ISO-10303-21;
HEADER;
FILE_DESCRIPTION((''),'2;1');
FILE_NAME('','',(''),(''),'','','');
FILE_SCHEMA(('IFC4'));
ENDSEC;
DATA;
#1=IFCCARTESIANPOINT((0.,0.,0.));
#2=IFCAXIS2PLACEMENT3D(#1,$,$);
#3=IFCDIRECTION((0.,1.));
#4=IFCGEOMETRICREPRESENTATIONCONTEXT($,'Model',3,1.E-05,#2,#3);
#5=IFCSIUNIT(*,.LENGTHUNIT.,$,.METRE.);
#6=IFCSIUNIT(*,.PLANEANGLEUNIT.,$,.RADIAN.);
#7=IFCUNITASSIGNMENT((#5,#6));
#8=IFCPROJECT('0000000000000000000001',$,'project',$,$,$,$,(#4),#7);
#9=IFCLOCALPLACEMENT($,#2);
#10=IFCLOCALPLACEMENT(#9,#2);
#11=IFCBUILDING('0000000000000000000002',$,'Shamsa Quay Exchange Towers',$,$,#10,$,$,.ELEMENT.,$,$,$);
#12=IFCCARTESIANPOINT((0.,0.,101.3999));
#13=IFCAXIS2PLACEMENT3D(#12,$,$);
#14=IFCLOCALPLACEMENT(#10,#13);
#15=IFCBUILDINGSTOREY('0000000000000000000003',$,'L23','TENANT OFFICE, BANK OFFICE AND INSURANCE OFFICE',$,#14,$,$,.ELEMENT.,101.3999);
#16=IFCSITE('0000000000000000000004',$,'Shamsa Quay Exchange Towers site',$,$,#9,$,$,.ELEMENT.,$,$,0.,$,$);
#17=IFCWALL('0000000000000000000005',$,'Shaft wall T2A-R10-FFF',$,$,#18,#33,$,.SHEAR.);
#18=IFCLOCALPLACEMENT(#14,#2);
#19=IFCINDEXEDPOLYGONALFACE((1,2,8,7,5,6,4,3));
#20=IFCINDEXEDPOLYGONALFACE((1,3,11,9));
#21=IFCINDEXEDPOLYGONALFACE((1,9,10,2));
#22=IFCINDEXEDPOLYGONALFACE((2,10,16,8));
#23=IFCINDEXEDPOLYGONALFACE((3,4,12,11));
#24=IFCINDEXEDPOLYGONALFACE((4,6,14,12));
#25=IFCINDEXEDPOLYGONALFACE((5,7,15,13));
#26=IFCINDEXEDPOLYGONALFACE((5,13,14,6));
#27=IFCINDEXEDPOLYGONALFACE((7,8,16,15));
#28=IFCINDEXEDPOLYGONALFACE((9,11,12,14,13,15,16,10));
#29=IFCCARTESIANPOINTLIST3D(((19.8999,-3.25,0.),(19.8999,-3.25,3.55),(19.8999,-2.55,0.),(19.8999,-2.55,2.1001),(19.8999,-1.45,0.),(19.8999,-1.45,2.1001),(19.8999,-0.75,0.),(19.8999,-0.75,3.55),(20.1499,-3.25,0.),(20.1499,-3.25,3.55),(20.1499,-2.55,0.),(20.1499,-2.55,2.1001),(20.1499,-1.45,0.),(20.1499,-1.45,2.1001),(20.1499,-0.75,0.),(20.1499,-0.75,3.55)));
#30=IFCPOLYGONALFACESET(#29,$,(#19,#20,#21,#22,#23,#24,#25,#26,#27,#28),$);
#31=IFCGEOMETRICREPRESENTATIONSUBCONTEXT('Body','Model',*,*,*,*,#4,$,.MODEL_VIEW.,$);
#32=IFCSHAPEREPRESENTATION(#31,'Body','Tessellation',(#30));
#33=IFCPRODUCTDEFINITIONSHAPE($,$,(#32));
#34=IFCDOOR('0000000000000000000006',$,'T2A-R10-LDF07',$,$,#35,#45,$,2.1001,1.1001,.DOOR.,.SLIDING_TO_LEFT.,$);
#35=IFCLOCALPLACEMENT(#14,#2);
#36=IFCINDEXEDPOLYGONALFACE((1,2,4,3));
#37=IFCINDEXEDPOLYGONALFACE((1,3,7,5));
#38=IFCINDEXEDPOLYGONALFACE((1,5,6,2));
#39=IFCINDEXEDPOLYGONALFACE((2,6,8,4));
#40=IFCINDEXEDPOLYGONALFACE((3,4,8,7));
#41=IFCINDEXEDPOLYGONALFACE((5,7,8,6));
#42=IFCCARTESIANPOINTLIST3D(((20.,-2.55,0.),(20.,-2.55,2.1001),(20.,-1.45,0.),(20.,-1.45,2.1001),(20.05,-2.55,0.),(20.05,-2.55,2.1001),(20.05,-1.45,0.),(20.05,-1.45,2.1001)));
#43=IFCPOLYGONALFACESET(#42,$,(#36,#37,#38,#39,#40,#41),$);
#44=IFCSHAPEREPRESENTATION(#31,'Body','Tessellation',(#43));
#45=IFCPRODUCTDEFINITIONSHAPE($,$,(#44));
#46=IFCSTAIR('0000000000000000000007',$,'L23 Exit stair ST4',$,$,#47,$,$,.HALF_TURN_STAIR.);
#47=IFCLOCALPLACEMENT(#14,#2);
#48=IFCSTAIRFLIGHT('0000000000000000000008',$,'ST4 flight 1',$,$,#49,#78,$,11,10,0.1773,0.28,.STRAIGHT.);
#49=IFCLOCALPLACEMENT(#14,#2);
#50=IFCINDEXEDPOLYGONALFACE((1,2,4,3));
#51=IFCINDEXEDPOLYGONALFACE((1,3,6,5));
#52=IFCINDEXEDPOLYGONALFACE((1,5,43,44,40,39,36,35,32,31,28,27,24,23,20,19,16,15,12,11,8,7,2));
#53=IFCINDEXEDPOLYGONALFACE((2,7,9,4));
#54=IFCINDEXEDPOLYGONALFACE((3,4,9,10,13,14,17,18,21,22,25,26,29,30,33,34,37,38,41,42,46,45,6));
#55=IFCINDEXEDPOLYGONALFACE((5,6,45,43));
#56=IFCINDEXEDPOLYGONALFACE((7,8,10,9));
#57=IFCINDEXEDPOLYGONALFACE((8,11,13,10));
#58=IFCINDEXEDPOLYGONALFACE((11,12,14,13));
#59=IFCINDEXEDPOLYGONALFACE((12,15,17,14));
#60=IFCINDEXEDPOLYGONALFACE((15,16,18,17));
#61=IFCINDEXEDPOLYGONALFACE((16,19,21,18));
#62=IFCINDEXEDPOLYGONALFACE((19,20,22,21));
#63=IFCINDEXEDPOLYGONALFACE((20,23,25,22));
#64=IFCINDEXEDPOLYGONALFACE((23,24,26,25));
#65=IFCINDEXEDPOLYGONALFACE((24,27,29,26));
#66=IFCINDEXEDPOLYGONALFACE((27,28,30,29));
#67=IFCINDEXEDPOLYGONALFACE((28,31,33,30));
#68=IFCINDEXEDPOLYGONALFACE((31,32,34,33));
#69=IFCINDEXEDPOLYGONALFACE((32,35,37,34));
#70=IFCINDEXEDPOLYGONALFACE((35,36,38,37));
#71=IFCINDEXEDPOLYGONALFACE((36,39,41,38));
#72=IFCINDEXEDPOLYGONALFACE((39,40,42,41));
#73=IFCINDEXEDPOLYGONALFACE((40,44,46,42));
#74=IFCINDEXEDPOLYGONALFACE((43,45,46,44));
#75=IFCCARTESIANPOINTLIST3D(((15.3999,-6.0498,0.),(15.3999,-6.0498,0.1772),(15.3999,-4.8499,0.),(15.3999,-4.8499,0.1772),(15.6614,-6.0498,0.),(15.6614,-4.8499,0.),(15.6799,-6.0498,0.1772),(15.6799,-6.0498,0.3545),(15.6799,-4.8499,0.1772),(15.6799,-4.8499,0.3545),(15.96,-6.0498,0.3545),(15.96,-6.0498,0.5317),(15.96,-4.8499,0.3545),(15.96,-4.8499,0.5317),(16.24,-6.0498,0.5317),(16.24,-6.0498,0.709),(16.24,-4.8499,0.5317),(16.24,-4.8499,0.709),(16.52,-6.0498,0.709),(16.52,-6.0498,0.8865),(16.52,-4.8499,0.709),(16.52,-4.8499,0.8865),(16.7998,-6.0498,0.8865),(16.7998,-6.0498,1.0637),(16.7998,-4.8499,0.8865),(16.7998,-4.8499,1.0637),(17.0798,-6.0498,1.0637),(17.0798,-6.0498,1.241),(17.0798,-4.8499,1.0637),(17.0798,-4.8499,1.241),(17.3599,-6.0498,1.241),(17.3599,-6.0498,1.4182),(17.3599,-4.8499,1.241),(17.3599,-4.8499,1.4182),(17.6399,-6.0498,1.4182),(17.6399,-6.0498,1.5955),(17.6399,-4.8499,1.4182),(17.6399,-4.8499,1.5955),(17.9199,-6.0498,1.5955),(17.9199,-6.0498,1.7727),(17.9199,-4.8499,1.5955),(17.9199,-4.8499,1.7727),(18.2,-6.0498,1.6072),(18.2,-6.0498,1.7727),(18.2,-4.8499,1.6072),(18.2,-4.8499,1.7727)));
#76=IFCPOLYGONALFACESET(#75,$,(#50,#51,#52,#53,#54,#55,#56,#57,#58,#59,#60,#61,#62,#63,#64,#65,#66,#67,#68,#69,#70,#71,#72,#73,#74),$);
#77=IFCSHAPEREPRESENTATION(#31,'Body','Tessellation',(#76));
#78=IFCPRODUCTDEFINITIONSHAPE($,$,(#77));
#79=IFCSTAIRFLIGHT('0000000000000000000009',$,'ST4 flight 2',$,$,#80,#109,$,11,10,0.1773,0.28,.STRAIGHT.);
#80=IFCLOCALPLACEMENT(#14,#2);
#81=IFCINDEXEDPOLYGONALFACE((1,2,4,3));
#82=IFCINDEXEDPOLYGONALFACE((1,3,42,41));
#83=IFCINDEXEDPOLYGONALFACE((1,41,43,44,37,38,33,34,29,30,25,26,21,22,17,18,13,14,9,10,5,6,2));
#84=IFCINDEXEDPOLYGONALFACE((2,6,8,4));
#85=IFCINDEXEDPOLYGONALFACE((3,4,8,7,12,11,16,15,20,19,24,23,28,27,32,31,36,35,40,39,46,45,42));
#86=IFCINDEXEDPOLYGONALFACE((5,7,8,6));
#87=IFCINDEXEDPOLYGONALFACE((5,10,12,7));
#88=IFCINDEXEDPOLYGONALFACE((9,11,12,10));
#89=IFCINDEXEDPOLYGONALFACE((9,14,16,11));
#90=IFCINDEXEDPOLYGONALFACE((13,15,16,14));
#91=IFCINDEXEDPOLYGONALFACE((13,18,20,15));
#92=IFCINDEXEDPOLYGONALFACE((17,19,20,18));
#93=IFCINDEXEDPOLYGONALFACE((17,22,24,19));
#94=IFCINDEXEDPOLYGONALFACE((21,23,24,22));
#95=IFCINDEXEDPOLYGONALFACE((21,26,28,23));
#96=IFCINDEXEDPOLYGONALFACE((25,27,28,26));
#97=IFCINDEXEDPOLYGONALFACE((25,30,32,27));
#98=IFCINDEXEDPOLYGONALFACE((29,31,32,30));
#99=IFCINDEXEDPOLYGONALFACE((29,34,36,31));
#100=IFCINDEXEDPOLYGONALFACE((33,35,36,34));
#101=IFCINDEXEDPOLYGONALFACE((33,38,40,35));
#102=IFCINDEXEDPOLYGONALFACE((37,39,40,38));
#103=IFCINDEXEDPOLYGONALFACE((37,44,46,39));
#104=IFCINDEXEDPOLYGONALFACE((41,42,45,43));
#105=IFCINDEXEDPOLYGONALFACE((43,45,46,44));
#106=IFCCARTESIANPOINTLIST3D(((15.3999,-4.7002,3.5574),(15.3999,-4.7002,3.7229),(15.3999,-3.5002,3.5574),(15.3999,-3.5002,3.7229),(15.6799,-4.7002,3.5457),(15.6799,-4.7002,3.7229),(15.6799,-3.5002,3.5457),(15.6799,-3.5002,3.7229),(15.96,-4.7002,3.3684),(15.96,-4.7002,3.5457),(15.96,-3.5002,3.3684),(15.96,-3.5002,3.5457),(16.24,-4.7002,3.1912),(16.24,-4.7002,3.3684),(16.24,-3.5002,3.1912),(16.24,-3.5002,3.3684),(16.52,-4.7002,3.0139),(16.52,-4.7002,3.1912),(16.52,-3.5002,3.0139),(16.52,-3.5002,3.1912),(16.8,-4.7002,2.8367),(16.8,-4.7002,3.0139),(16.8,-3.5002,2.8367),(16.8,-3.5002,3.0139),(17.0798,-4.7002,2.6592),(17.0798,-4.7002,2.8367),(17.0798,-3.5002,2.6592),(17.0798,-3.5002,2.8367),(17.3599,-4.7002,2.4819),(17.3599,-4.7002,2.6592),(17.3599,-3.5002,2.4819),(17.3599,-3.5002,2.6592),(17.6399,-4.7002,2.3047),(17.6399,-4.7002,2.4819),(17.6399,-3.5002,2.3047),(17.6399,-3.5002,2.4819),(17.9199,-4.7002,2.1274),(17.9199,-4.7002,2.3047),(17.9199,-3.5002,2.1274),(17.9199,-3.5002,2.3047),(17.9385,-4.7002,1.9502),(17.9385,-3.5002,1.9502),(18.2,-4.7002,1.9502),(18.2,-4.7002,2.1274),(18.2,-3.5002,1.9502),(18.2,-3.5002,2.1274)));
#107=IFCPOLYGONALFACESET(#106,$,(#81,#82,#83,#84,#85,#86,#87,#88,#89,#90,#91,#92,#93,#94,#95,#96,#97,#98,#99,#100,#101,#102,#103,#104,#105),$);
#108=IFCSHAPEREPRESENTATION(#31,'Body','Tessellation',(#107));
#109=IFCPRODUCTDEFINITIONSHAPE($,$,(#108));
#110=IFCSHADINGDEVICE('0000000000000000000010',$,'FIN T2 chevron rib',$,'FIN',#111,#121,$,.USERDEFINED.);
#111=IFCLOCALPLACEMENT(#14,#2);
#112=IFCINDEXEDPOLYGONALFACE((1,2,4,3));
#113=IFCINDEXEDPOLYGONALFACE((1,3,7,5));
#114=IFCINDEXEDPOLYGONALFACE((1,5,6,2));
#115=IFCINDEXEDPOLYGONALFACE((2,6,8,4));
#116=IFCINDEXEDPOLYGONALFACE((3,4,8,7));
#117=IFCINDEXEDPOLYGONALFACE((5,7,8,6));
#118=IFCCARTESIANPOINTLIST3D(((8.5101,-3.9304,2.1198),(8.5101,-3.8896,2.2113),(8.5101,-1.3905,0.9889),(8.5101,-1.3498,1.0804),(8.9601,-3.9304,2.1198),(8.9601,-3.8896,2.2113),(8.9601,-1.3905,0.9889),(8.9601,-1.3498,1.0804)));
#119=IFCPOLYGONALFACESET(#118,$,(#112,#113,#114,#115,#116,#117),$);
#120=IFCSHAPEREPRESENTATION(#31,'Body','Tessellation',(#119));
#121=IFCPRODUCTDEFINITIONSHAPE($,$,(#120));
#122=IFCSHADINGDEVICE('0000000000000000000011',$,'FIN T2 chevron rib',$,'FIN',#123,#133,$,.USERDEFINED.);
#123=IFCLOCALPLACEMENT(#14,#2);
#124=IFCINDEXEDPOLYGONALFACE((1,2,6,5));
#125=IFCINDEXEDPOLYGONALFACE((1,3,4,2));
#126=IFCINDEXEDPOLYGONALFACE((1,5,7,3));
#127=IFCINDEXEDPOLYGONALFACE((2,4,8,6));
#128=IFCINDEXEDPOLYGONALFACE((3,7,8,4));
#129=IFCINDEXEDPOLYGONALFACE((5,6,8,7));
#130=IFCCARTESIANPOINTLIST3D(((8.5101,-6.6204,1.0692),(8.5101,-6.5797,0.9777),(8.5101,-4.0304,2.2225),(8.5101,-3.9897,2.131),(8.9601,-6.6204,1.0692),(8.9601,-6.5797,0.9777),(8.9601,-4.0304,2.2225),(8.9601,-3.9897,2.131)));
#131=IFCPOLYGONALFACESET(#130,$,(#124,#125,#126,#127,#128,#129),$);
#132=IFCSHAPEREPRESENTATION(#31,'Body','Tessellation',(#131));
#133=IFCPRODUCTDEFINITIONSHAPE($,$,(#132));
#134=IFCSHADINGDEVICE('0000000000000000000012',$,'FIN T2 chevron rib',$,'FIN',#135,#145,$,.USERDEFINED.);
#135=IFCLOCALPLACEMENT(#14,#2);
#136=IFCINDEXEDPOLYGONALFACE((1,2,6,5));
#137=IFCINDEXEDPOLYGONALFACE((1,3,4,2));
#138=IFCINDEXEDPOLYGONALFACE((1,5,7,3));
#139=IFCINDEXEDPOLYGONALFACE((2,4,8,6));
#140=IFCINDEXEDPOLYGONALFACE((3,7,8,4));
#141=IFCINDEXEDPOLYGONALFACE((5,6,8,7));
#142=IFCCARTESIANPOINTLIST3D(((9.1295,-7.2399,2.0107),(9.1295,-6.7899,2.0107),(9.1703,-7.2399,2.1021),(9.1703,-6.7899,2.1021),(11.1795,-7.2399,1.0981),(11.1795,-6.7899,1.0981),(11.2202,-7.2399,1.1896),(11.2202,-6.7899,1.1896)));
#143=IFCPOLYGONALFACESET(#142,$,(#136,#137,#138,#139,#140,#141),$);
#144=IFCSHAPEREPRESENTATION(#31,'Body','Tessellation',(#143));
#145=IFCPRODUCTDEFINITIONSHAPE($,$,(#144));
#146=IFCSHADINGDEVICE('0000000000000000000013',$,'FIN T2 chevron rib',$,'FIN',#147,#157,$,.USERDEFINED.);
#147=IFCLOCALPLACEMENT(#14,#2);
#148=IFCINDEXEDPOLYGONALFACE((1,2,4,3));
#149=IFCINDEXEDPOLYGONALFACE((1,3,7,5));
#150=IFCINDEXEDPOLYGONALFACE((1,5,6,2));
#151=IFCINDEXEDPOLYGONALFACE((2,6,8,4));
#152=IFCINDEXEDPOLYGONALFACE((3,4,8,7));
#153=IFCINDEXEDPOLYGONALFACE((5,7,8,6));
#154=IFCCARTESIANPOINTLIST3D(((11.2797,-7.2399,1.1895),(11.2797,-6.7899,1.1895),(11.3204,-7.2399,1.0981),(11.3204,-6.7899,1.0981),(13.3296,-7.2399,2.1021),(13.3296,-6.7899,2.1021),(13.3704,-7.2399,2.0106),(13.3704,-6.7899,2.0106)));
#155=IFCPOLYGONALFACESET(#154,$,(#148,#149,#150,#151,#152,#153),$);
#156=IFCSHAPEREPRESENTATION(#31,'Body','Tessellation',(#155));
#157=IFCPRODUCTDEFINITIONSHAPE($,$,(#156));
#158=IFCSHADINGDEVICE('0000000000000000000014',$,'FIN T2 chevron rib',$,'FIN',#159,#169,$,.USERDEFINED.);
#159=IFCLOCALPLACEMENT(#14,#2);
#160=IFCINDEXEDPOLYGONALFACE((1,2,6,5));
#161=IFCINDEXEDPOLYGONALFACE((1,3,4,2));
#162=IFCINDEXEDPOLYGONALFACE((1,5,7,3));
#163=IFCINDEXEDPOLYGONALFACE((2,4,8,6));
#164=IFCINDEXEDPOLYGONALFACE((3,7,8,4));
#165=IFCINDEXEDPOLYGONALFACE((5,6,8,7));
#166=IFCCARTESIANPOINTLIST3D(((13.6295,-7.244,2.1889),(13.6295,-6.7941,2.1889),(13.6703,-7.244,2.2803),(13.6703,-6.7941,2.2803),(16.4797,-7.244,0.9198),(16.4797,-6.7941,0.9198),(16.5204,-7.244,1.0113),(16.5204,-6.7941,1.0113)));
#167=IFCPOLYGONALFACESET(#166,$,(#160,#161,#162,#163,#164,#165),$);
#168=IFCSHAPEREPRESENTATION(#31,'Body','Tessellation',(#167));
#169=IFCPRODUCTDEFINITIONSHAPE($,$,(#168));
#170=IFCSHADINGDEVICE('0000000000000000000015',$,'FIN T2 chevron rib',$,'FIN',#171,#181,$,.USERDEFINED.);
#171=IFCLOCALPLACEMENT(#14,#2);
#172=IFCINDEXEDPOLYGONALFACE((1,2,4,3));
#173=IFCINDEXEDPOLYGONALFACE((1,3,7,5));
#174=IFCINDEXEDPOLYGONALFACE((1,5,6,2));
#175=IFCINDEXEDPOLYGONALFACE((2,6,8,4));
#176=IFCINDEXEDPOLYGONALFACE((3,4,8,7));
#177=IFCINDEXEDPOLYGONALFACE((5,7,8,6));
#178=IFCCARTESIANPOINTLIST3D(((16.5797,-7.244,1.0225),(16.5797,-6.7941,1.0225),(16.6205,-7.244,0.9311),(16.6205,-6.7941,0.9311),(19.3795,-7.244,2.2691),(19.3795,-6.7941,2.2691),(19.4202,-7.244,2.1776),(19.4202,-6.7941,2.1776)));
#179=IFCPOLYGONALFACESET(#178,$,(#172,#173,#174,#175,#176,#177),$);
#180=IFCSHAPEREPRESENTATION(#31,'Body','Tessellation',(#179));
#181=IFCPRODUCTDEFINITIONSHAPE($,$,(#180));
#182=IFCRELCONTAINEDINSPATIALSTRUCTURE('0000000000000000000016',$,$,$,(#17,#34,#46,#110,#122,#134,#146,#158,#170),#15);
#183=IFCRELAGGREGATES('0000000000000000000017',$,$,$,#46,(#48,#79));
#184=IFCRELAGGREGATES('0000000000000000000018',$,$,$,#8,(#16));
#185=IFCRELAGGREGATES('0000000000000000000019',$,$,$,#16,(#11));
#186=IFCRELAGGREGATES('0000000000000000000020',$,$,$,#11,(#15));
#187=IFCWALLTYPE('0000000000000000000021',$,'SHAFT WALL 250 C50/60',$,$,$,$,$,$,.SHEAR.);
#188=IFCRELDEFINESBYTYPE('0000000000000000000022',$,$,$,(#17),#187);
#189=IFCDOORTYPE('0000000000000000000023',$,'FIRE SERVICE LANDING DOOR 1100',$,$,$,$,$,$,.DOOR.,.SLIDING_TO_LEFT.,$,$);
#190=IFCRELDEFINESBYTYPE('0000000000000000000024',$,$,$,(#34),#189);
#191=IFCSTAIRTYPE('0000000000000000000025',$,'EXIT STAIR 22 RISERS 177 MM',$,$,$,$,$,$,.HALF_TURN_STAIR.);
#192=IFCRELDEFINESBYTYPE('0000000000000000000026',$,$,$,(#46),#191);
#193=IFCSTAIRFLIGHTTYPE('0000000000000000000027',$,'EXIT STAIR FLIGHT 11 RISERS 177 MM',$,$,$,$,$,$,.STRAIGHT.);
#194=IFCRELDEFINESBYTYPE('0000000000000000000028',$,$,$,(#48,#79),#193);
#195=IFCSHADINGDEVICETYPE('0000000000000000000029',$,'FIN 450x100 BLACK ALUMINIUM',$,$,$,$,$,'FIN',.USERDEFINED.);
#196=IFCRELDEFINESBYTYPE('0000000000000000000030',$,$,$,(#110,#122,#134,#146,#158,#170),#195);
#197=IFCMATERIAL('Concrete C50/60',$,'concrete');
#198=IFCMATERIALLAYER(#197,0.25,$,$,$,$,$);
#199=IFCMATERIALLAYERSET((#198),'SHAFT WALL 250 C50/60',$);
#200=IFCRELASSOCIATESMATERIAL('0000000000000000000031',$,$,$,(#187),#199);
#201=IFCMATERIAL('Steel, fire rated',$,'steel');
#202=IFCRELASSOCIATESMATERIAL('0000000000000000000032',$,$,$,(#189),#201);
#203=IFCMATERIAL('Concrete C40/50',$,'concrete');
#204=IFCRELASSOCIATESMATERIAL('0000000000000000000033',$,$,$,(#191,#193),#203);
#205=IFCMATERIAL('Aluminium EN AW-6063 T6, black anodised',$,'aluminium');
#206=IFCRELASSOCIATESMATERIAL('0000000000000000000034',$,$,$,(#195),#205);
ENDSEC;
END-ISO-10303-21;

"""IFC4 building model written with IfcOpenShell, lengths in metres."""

from ifc_helpers import new_model, si_unit, direction, frame, frame_2d, origin, origin_2d, place, context, subcontext, project, spatial, polyline, rectangle, outline, extrude, material, layer, layer_set, material_profile, profile_set, type_object, element, fill, aggregate, save


model = new_model("IFC4")

# Units and contexts
model_context = context("Model", 3, precision=1e-05, world=origin(), true_north=direction((0.0, 1.0)))
body_context = subcontext(model_context, "Body", "Model", "MODEL_VIEW")
ifc_project = project(units=[si_unit("LENGTHUNIT", "METRE"), si_unit("PLANEANGLEUNIT", "RADIAN")], contexts=[model_context])

# Site, building, storey
site_placement = place(None, origin())
site = spatial("IfcSite", under=ifc_project, at=site_placement, Name="Shamsa Quay Exchange Towers site", CompositionType="ELEMENT", RefElevation=0.0)
building_placement = place(site_placement, origin())
building = spatial("IfcBuilding", under=site, at=building_placement, Name="Shamsa Quay Exchange Towers", CompositionType="ELEMENT")
storey_placement = place(building_placement, frame((0.0, 0.0, 101.3999)))
storey = spatial("IfcBuildingStorey", under=building, at=storey_placement, Name="L23", Description="TENANT OFFICE, BANK OFFICE AND INSURANCE OFFICE", CompositionType="ELEMENT", Elevation=101.3999)

# Shared definitions
ifc_material_1 = material(Name="Aluminium EN AW-6063 T6, black anodised", Category="aluminium")

# Wall, opening, door
ifc_material_2 = material(Name="Concrete C50/60", Category="concrete")
ifc_layer_1 = layer(ifc_material_2, 0.25)
ifc_layer_set_1 = layer_set([ifc_layer_1], Name="SHAFT WALL 250 C50/60")
wall_type_1 = type_object("IfcWallType", Name="SHAFT WALL 250 C50/60", PredefinedType="SHEAR", material=ifc_layer_set_1)
wall_1_placement = place(storey_placement, frame((20.0249, -3.25, 0.0), z_axis=(0.0, 0.0, 1.0), x_axis=(0.0, 1.0, 0.0)))
wall_1 = element("IfcWall", 1, at=wall_1_placement, inside=storey, type_object=wall_type_1, Name="Shaft wall T2A-R10-FFF", PredefinedType="SHEAR", context=body_context, shape_type="SweptSolid", body=[
    extrude(rectangle(XDim=2.5, YDim=0.25, at=frame_2d((1.25, 0.0))), origin(), (0.0, 0.0, 1.0), 3.55),
])
opening_placement = place(wall_1_placement, frame((0.7, 0.0, 0.0)))
opening = element("IfcOpeningElement", 2, at=opening_placement, cuts=wall_1, PredefinedType="OPENING", context=body_context, shape_type="SweptSolid", body=[
    extrude(rectangle(XDim=1.1001, YDim=2.1001, at=frame_2d((0.55, 1.05))), frame((0.0, 0.135, 0.0), z_axis=(0.0, -1.0, 0.0), x_axis=(1.0, 0.0, 0.0)), (0.0, 0.0, 1.0), 0.27),
])
ifc_material_3 = material(Name="Steel, fire rated", Category="steel")
door_type = type_object("IfcDoorType", Name="FIRE SERVICE LANDING DOOR 1100", OperationType="SLIDING_TO_LEFT", PredefinedType="DOOR", material=ifc_material_3)
door_placement = place(opening_placement, origin())
door = element("IfcDoor", 3, at=door_placement, inside=storey, type_object=door_type, Name="T2A-R10-LDF07", OperationType="SLIDING_TO_LEFT", OverallHeight=2.1001, OverallWidth=1.1001, PredefinedType="DOOR", context=body_context, shape_type="SweptSolid", body=[
    extrude(rectangle(XDim=1.1001, YDim=2.1001, at=frame_2d((0.55, 1.05))), frame((0.0, 0.0249, 0.0), z_axis=(0.0, -1.0, 0.0), x_axis=(1.0, 0.0, 0.0)), (0.0, 0.0, 1.0), 0.05),
])
fill(opening, door)

# Stair, stair flights
ifc_material_4 = material(Name="Concrete C40/50", Category="concrete")
stair_type = type_object("IfcStairType", Name="EXIT STAIR 22 RISERS 177 MM", PredefinedType="HALF_TURN_STAIR", material=ifc_material_4)
stair_placement = place(storey_placement, origin())
stair = element("IfcStair", 4, at=stair_placement, inside=storey, type_object=stair_type, Name="L23 Exit stair ST4", PredefinedType="HALF_TURN_STAIR")
stair_flight_type = type_object("IfcStairFlightType", Name="EXIT STAIR FLIGHT 11 RISERS 177 MM", PredefinedType="STRAIGHT", material=ifc_material_4)
stair_flight_1_placement = place(storey_placement, frame((15.3999, -5.45, 0.0)))
stair_flight_1 = element("IfcStairFlight", 5, at=stair_flight_1_placement, type_object=stair_flight_type, Name="ST4 flight 1", NumberOfRisers=11, NumberOfTreads=10, PredefinedType="STRAIGHT", RiserHeight=0.1773, TreadLength=0.28, context=body_context, shape_type="SweptSolid", body=[
    extrude(outline(polyline([(0.0, 0.0), (0.0, 0.1772), (0.28, 0.1772), (0.28, 0.3545), (0.5601, 0.3545), (0.5601, 0.5317), (0.8401, 0.5317), (0.8401, 0.709), (1.1201, 0.709), (1.1201, 0.8865), (1.3999, 0.8865), (1.3999, 1.0637), (1.6799, 1.0637), (1.6799, 1.241), (1.96, 1.241), (1.96, 1.4182), (2.24, 1.4182), (2.24, 1.5955), (2.52, 1.5955), (2.52, 1.7727), (2.8, 1.7727), (2.8, 1.95), (2.8, 1.6072), (0.2615, 0.0), (0.0, 0.0)])), frame((0.0, 0.6001, 0.0), z_axis=(0.0, -1.0, 0.0), x_axis=(1.0, 0.0, 0.0)), (0.0, 0.0, 1.0), 1.2),
])
stair_flight_2_placement = place(storey_placement, frame((18.2, -4.1001, 1.9502), z_axis=(0.0, 0.0, 1.0), x_axis=(-1.0, 0.0, 0.0)))
stair_flight_2 = element("IfcStairFlight", 6, at=stair_flight_2_placement, type_object=stair_flight_type, Name="ST4 flight 2", NumberOfRisers=11, NumberOfTreads=10, PredefinedType="STRAIGHT", RiserHeight=0.1773, TreadLength=0.28, context=body_context, shape_type="SweptSolid", body=[
    extrude(outline(polyline([(0.0, 0.0), (0.0, 0.1772), (0.28, 0.1772), (0.28, 0.3545), (0.5601, 0.3545), (0.5601, 0.5317), (0.8401, 0.5317), (0.8401, 0.709), (1.1201, 0.709), (1.1201, 0.8865), (1.3999, 0.8865), (1.3999, 1.0637), (1.6799, 1.0637), (1.6799, 1.241), (1.96, 1.241), (1.96, 1.4182), (2.24, 1.4182), (2.24, 1.5955), (2.52, 1.5955), (2.52, 1.7727), (2.8, 1.7727), (2.8, 1.95), (2.8, 1.6072), (0.2615, 0.0), (0.0, 0.0)])), frame((0.0, 0.6001, 0.0), z_axis=(0.0, -1.0, 0.0), x_axis=(1.0, 0.0, 0.0)), (0.0, 0.0, 1.0), 1.2),
])
aggregate(stair, [stair_flight_1, stair_flight_2])

# Shading devices
ifc_material_profile_1 = material_profile(ifc_material_1, rectangle(XDim=0.45, YDim=0.1001, at=origin_2d()), Name="FIN450x100")
ifc_profile_set_1 = profile_set([ifc_material_profile_1], Name="Aluminium EN AW-6063 T6, black anodised")
shading_device_type = type_object("IfcShadingDeviceType", Name="FIN 450x100 BLACK ALUMINIUM", ElementType="FIN", PredefinedType="USERDEFINED", material=ifc_profile_set_1)
shading_device_1_placement = place(storey_placement, frame((8.7351, -1.3701, 1.0347), z_axis=(0.0, -0.913536, 0.406758), x_axis=(1.0, 0.0, 0.0)))
element("IfcShadingDevice", 7, at=shading_device_1_placement, inside=storey, type_object=shading_device_type, Name="FIN T2 chevron rib", ObjectType="FIN", PredefinedType="USERDEFINED", context=body_context, shape_type="SweptSolid", body=[
    extrude(rectangle(XDim=0.45, YDim=0.1001, at=origin_2d()), origin(), (0.0, 0.0, 1.0), 2.7803),
])
shading_device_2_placement = place(storey_placement, frame((8.7351, -4.01, 2.1768), z_axis=(0.0, -0.913527, -0.406778), x_axis=(1.0, 0.0, 0.0)))
element("IfcShadingDevice", 8, at=shading_device_2_placement, inside=storey, type_object=shading_device_type, Name="FIN T2 chevron rib", ObjectType="FIN", PredefinedType="USERDEFINED", context=body_context, shape_type="SweptSolid", body=[
    extrude(rectangle(XDim=0.45, YDim=0.1001, at=origin_2d()), origin(), (0.0, 0.0, 1.0), 2.8352),
])
for number, where, z_axis, x_axis, name in (
    (9, (9.1499, -7.0149, 2.0564), (0.913569, 0.0, -0.406684), (0.0, 1.0, 0.0), "FIN T2 chevron rib"),
    (10, (11.3, -7.0149, 1.1438), (0.913569, 0.0, 0.406684), (0.0, 1.0, 0.0), "FIN T2 chevron rib"),
):
    element("IfcShadingDevice", number, at=place(storey_placement, frame(where, z_axis=z_axis, x_axis=x_axis)), inside=storey, type_object=shading_device_type, Name=name, ObjectType="FIN", PredefinedType="USERDEFINED", context=body_context, shape_type="SweptSolid", body=[
        extrude(rectangle(XDim=0.45, YDim=0.1001, at=origin_2d()), origin(), (0.0, 0.0, 1.0), 2.2439),
    ])
shading_device_3_placement = place(storey_placement, frame((13.6499, -7.019, 2.2346), z_axis=(0.913534, 0.0, -0.406763), x_axis=(0.0, 1.0, 0.0)))
element("IfcShadingDevice", 11, at=shading_device_3_placement, inside=storey, type_object=shading_device_type, Name="FIN T2 chevron rib", ObjectType="FIN", PredefinedType="USERDEFINED", context=body_context, shape_type="SweptSolid", body=[
    extrude(rectangle(XDim=0.45, YDim=0.1001, at=origin_2d()), origin(), (0.0, 0.0, 1.0), 3.1199),
])
shading_device_4_placement = place(storey_placement, frame((16.6001, -7.019, 0.9768), z_axis=(0.913542, 0.0, 0.406744), x_axis=(0.0, 1.0, 0.0)))
element("IfcShadingDevice", 12, at=shading_device_4_placement, inside=storey, type_object=shading_device_type, Name="FIN T2 chevron rib", ObjectType="FIN", PredefinedType="USERDEFINED", context=body_context, shape_type="SweptSolid", body=[
    extrude(rectangle(XDim=0.45, YDim=0.1001, at=origin_2d()), origin(), (0.0, 0.0, 1.0), 3.0647),
])

save(model, "model.ifc")
